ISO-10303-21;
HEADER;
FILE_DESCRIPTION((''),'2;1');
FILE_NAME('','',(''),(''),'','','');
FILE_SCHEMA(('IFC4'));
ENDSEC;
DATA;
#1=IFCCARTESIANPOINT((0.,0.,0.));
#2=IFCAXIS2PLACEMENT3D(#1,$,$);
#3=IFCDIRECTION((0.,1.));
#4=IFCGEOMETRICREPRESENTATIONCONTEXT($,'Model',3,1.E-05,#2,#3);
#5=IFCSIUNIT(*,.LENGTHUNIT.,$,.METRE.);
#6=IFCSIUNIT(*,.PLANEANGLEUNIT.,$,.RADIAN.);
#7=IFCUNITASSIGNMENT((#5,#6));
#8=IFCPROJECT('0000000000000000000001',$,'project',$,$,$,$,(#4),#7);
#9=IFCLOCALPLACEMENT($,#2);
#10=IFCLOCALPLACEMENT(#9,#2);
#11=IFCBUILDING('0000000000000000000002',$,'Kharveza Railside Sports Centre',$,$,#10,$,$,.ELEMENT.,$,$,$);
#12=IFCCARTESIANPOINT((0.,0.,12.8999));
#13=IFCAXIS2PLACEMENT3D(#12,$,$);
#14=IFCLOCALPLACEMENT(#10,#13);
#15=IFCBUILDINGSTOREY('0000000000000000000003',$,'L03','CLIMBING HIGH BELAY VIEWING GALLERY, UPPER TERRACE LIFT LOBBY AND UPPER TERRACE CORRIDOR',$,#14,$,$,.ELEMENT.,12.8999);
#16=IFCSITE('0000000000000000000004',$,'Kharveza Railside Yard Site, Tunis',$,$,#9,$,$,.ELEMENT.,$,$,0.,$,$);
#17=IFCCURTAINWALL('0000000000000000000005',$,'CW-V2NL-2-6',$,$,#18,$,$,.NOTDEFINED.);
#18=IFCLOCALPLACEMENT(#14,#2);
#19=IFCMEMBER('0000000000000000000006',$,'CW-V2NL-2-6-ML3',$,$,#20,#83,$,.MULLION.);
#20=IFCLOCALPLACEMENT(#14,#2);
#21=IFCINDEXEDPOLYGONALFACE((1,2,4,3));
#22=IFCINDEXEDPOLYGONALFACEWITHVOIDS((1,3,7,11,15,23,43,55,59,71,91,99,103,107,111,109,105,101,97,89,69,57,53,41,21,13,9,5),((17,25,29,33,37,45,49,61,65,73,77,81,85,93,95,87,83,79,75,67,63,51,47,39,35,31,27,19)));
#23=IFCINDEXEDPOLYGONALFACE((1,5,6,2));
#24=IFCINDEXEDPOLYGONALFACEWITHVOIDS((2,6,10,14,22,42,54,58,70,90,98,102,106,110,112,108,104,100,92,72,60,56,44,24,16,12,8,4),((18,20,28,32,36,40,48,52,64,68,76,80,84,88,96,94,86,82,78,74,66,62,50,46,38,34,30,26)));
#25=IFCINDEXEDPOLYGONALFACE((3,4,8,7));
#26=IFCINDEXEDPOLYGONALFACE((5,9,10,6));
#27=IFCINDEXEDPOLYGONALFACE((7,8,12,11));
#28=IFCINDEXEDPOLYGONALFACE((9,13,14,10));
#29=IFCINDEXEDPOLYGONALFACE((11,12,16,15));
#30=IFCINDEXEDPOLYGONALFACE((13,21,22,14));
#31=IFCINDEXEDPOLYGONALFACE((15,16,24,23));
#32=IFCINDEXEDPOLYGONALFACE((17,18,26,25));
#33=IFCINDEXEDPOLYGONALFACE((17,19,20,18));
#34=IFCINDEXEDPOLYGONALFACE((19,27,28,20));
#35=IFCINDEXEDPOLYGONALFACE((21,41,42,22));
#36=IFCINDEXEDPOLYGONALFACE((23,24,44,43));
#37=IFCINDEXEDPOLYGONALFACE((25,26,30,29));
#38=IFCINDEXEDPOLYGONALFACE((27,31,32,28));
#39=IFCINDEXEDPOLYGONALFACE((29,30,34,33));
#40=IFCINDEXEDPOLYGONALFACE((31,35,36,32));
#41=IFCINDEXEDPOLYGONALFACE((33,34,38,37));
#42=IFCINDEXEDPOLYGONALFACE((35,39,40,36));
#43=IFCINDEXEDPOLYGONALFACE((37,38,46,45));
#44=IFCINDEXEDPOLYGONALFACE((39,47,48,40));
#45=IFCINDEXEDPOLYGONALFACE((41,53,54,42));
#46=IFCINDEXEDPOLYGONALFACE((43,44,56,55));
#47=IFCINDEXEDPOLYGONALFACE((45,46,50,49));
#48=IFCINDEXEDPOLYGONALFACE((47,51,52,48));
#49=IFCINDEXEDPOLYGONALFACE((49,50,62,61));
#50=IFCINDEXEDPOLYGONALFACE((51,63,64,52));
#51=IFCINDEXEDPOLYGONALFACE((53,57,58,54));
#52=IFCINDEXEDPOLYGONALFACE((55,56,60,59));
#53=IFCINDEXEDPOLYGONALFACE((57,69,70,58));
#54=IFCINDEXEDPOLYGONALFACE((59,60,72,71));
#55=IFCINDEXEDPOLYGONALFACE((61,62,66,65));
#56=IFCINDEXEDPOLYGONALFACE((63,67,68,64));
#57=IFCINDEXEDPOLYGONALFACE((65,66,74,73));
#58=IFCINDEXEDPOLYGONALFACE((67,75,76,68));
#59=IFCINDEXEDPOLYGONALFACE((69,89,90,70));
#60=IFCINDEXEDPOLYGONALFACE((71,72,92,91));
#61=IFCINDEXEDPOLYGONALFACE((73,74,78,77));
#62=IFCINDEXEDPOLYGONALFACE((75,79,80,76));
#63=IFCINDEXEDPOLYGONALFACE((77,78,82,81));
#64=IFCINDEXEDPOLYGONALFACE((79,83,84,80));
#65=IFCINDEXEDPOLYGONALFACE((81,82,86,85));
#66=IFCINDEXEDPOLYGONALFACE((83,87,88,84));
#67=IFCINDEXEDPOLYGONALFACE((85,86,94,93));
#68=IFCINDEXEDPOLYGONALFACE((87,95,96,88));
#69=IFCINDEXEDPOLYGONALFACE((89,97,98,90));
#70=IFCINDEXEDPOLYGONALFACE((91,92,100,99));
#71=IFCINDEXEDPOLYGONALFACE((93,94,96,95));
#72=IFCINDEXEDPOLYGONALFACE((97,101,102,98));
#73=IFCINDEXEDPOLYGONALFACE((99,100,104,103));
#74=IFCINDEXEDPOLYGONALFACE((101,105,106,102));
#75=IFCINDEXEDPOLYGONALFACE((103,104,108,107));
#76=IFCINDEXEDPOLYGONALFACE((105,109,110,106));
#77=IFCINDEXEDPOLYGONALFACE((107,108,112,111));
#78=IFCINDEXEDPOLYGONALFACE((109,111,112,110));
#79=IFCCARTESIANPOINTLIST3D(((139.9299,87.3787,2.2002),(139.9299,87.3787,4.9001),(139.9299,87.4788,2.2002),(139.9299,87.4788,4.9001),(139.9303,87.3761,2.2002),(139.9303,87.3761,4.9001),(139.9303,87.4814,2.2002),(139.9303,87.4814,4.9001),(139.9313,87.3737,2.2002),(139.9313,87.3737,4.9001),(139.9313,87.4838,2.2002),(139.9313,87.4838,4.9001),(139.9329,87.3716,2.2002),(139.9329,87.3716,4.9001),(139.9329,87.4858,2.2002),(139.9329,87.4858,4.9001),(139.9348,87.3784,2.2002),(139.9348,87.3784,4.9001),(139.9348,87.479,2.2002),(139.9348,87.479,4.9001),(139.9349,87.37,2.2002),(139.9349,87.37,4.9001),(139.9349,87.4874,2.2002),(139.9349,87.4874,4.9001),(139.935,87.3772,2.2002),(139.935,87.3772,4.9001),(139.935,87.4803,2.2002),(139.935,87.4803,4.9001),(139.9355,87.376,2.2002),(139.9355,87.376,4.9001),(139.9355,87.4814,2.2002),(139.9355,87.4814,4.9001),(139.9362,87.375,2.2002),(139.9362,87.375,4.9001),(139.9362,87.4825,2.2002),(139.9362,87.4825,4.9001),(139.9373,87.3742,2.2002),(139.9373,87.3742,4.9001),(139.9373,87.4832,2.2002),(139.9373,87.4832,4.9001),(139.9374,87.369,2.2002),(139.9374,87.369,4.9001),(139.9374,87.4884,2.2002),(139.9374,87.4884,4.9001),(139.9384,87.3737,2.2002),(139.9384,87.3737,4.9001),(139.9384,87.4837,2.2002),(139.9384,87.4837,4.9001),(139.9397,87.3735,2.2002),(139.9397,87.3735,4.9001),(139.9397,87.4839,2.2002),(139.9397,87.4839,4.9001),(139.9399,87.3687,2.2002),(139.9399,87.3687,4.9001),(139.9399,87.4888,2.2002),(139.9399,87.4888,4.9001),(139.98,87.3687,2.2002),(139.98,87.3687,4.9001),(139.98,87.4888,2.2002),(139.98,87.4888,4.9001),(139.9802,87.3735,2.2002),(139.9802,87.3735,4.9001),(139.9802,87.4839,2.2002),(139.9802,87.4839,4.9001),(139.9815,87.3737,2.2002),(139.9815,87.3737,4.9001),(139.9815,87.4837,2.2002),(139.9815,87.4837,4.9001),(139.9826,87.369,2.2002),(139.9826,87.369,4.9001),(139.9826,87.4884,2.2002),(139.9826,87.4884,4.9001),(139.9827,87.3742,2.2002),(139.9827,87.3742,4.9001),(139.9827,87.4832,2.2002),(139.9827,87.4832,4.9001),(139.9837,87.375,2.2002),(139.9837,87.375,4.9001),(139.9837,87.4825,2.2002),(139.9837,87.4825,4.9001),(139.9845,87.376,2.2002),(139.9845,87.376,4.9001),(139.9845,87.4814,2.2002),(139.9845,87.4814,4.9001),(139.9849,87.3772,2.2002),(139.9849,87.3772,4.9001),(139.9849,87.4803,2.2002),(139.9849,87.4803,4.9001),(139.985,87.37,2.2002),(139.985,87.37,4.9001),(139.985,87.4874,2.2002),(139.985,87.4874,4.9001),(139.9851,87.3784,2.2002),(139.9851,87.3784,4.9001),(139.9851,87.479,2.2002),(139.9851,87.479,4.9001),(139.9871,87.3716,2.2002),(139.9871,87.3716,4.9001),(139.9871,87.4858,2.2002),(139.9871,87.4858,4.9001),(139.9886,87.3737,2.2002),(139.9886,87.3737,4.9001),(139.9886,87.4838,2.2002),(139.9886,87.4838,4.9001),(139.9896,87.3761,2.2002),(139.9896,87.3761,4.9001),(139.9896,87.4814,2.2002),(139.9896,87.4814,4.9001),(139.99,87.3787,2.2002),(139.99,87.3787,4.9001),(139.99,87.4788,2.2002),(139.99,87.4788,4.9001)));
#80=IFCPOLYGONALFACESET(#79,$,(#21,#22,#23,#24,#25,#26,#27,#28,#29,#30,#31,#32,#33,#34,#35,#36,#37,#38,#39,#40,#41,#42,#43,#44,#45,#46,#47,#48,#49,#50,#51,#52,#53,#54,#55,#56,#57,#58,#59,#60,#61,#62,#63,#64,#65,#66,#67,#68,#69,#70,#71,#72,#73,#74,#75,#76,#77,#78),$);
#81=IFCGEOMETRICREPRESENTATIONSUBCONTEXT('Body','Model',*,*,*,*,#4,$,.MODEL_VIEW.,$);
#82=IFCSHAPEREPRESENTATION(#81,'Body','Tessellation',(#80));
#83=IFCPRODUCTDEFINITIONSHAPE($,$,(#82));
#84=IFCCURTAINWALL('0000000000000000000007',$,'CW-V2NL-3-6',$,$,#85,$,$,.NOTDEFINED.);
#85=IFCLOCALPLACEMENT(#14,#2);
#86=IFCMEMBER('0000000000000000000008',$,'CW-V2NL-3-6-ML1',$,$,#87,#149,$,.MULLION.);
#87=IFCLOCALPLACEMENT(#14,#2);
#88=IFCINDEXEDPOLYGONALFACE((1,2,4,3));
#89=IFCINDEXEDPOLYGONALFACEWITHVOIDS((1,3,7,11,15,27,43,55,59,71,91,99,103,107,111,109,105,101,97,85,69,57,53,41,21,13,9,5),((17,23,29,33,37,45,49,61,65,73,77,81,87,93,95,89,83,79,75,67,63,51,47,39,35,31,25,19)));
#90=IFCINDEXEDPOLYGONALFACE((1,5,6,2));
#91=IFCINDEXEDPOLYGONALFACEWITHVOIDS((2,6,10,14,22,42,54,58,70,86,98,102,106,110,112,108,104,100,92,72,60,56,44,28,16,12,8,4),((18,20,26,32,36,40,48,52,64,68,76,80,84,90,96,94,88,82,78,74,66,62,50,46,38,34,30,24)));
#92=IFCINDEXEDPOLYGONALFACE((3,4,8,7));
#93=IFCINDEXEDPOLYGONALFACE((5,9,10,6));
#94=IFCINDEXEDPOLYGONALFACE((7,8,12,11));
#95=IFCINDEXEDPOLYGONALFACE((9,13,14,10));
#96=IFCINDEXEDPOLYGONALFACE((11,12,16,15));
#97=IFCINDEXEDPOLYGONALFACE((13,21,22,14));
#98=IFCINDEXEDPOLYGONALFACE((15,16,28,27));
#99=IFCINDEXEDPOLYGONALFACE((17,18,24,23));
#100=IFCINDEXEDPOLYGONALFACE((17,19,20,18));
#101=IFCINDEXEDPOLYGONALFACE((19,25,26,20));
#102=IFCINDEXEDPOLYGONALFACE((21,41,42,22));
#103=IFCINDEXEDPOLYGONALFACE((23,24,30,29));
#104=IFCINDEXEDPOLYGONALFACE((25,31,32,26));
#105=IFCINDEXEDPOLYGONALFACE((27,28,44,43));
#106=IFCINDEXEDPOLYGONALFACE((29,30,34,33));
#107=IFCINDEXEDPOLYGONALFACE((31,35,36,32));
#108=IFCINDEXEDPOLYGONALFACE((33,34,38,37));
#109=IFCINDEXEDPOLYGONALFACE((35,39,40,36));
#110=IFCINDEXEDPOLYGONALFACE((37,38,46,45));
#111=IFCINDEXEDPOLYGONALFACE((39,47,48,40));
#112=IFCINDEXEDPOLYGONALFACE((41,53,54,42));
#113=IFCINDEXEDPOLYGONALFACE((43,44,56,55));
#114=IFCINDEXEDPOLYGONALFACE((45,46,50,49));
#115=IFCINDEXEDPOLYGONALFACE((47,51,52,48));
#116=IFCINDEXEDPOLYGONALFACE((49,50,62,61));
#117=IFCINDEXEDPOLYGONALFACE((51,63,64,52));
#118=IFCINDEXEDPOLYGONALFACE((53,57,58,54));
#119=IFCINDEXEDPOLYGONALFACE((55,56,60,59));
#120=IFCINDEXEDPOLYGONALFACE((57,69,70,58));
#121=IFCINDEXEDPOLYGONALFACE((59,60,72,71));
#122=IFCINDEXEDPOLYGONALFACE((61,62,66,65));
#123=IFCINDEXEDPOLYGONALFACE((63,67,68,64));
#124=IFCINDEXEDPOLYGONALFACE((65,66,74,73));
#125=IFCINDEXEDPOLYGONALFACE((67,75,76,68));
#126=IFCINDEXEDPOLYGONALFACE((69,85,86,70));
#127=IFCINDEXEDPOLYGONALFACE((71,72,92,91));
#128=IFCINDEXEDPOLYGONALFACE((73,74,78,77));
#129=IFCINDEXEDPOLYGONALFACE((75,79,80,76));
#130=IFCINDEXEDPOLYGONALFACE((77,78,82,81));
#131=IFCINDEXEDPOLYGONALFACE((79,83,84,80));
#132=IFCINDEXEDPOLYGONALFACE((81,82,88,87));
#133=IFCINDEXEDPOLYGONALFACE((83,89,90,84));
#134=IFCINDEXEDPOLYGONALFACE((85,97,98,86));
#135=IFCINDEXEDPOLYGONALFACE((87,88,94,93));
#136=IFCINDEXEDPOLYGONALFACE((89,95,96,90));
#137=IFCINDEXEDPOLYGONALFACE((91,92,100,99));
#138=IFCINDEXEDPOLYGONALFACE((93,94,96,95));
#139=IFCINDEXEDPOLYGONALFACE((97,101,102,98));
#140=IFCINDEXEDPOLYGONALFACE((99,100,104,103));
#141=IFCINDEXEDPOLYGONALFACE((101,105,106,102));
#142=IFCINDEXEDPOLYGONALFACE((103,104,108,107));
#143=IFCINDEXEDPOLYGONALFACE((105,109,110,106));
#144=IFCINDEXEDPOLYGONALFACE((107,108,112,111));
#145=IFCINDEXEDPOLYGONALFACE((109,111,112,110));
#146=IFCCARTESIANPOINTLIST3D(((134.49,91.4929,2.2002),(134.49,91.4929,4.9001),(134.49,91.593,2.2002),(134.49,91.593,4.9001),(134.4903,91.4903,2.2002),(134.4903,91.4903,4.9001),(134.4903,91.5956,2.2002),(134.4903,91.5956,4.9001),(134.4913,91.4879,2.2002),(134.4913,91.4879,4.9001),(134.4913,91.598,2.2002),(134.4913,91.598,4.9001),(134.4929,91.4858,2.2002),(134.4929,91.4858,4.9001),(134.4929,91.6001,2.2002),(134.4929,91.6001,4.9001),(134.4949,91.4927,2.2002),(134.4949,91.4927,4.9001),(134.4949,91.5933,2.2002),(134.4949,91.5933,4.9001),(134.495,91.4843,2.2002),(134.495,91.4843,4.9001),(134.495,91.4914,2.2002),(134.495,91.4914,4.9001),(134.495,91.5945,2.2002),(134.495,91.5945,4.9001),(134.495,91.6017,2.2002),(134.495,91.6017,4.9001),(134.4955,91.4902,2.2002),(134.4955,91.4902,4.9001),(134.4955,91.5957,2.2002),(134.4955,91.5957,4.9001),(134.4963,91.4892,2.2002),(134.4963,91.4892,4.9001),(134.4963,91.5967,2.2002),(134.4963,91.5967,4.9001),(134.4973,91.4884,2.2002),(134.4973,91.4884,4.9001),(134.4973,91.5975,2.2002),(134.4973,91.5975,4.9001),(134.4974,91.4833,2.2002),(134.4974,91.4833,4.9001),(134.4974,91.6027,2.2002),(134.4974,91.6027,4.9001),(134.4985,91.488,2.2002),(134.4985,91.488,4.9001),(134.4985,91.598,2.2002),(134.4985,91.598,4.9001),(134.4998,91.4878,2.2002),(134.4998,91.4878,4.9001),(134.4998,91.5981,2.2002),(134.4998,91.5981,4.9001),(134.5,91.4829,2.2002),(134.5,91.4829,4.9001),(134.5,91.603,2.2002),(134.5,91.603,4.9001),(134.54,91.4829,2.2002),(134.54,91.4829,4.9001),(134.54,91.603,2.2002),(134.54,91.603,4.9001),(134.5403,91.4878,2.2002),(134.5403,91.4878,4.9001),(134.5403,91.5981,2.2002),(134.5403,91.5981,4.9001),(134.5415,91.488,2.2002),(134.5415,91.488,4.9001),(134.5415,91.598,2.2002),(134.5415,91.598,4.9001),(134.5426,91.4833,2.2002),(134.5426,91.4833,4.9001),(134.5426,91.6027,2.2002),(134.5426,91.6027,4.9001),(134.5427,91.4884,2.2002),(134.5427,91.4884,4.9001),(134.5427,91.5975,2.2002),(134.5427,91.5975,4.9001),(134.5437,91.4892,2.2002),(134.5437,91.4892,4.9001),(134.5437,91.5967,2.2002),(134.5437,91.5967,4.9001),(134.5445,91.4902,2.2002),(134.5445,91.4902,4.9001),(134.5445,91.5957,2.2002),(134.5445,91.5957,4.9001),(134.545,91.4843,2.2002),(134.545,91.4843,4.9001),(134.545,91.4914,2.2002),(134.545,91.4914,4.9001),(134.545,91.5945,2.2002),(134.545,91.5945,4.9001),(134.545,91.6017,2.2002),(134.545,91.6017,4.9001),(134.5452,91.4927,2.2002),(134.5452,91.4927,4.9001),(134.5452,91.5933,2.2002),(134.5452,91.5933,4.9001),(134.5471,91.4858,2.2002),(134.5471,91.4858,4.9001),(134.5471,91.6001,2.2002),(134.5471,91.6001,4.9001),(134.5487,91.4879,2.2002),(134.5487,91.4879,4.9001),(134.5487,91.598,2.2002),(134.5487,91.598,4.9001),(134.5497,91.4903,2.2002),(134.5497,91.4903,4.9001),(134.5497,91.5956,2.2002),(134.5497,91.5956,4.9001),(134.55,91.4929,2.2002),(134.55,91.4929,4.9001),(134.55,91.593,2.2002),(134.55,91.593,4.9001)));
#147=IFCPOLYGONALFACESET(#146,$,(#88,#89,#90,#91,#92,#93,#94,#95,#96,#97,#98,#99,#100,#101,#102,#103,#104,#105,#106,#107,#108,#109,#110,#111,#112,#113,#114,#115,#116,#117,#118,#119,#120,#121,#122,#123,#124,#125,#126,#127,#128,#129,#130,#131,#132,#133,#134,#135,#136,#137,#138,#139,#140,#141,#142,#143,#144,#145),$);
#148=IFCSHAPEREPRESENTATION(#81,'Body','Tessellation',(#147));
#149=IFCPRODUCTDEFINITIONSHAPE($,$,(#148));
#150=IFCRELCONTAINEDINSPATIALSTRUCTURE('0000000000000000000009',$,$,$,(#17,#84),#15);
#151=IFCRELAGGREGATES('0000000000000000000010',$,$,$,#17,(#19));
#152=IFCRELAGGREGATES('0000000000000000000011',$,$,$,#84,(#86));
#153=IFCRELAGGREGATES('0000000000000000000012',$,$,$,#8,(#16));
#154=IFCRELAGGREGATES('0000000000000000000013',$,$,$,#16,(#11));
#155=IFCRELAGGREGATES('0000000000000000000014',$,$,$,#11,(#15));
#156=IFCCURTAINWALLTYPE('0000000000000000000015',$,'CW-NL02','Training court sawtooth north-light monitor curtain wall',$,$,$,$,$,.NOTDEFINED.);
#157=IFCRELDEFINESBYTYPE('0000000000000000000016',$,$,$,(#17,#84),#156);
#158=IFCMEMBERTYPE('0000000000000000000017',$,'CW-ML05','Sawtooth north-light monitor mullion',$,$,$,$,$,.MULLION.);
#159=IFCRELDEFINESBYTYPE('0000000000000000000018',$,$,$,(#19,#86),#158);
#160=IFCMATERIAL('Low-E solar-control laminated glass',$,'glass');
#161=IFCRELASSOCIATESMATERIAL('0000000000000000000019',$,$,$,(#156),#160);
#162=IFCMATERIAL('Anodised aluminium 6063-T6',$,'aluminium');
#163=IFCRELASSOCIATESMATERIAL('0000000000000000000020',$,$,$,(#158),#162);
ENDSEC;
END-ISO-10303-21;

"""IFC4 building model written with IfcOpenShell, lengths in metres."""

from ifc_helpers import new_model, si_unit, direction, frame, origin, origin_2d, place, context, subcontext, project, spatial, hollow_rectangle, extrude, material, material_profile, profile_set, type_object, element, aggregate, save


model = new_model("IFC4")

# Units and contexts
model_context = context("Model", 3, precision=1e-05, world=origin(), true_north=direction((0.0, 1.0)))
body_context = subcontext(model_context, "Body", "Model", "MODEL_VIEW")
ifc_project = project(units=[si_unit("LENGTHUNIT", "METRE"), si_unit("PLANEANGLEUNIT", "RADIAN")], contexts=[model_context])

# Site, building, storey
site_placement = place(None, origin())
site = spatial("IfcSite", under=ifc_project, at=site_placement, Name="Kharveza Railside Yard Site, Tunis", CompositionType="ELEMENT", RefElevation=0.0)
building_placement = place(site_placement, origin())
building = spatial("IfcBuilding", under=site, at=building_placement, Name="Kharveza Railside Sports Centre", CompositionType="ELEMENT")
storey_placement = place(building_placement, frame((0.0, 0.0, 12.8999)))
storey = spatial("IfcBuildingStorey", under=building, at=storey_placement, Name="L03", Description="CLIMBING HIGH BELAY VIEWING GALLERY, UPPER TERRACE LIFT LOBBY AND UPPER TERRACE CORRIDOR", CompositionType="ELEMENT", Elevation=12.8999)

# Curtain walls, members
ifc_material_1 = material(Name="Low-E solar-control laminated glass", Category="glass")
curtain_wall_type = type_object("IfcCurtainWallType", Name="CW-NL02", Description="Training court sawtooth north-light monitor curtain wall", PredefinedType="NOTDEFINED", material=ifc_material_1)
curtain_wall_1_placement = place(storey_placement, origin())
curtain_wall_1 = element("IfcCurtainWall", 1, at=curtain_wall_1_placement, inside=storey, type_object=curtain_wall_type, Name="CW-V2NL-2-6", PredefinedType="NOTDEFINED")
ifc_material_2 = material(Name="Anodised aluminium 6063-T6", Category="aluminium")
ifc_material_profile_1 = material_profile(ifc_material_2, hollow_rectangle(XDim=0.0601, YDim=0.1201, WallThickness=0.0049, InnerFilletRadius=0.0049, OuterFilletRadius=0.01, at=origin_2d()), Name="RHS 60x120x5.0")
ifc_profile_set_1 = profile_set([ifc_material_profile_1], Name="Anodised aluminium 6063-T6")
member_type_1 = type_object("IfcMemberType", Name="CW-ML05", Description="Sawtooth north-light monitor mullion", PredefinedType="MULLION", material=ifc_profile_set_1)
member_1_placement = place(storey_placement, frame((139.96, 87.4287, 2.2002), z_axis=(0.0, 0.0, 1.0), x_axis=(1.0, 0.0, 0.0)))
member_1 = element("IfcMember", 2, at=member_1_placement, type_object=member_type_1, Name="CW-V2NL-2-6-ML3", PredefinedType="MULLION", context=body_context, shape_type="SweptSolid", body=[
    extrude(hollow_rectangle(XDim=0.0601, YDim=0.1201, WallThickness=0.0049, InnerFilletRadius=0.0049, OuterFilletRadius=0.01, at=origin_2d()), origin(), (0.0, 0.0, 1.0), 2.7),
])
curtain_wall_2_placement = place(storey_placement, origin())
curtain_wall_2 = element("IfcCurtainWall", 3, at=curtain_wall_2_placement, inside=storey, type_object=curtain_wall_type, Name="CW-V2NL-3-6", PredefinedType="NOTDEFINED")
member_2_placement = place(storey_placement, frame((134.52, 91.543, 2.2002), z_axis=(0.0, 0.0, 1.0), x_axis=(1.0, 0.0, 0.0)))
member_2 = element("IfcMember", 4, at=member_2_placement, type_object=member_type_1, Name="CW-V2NL-3-6-ML1", PredefinedType="MULLION", context=body_context, shape_type="SweptSolid", body=[
    extrude(hollow_rectangle(XDim=0.0601, YDim=0.1201, WallThickness=0.0049, InnerFilletRadius=0.0049, OuterFilletRadius=0.01, at=origin_2d()), origin(), (0.0, 0.0, 1.0), 2.7),
])

aggregate(curtain_wall_1, [member_1])
aggregate(curtain_wall_2, [member_2])

save(model, "model.ifc")
